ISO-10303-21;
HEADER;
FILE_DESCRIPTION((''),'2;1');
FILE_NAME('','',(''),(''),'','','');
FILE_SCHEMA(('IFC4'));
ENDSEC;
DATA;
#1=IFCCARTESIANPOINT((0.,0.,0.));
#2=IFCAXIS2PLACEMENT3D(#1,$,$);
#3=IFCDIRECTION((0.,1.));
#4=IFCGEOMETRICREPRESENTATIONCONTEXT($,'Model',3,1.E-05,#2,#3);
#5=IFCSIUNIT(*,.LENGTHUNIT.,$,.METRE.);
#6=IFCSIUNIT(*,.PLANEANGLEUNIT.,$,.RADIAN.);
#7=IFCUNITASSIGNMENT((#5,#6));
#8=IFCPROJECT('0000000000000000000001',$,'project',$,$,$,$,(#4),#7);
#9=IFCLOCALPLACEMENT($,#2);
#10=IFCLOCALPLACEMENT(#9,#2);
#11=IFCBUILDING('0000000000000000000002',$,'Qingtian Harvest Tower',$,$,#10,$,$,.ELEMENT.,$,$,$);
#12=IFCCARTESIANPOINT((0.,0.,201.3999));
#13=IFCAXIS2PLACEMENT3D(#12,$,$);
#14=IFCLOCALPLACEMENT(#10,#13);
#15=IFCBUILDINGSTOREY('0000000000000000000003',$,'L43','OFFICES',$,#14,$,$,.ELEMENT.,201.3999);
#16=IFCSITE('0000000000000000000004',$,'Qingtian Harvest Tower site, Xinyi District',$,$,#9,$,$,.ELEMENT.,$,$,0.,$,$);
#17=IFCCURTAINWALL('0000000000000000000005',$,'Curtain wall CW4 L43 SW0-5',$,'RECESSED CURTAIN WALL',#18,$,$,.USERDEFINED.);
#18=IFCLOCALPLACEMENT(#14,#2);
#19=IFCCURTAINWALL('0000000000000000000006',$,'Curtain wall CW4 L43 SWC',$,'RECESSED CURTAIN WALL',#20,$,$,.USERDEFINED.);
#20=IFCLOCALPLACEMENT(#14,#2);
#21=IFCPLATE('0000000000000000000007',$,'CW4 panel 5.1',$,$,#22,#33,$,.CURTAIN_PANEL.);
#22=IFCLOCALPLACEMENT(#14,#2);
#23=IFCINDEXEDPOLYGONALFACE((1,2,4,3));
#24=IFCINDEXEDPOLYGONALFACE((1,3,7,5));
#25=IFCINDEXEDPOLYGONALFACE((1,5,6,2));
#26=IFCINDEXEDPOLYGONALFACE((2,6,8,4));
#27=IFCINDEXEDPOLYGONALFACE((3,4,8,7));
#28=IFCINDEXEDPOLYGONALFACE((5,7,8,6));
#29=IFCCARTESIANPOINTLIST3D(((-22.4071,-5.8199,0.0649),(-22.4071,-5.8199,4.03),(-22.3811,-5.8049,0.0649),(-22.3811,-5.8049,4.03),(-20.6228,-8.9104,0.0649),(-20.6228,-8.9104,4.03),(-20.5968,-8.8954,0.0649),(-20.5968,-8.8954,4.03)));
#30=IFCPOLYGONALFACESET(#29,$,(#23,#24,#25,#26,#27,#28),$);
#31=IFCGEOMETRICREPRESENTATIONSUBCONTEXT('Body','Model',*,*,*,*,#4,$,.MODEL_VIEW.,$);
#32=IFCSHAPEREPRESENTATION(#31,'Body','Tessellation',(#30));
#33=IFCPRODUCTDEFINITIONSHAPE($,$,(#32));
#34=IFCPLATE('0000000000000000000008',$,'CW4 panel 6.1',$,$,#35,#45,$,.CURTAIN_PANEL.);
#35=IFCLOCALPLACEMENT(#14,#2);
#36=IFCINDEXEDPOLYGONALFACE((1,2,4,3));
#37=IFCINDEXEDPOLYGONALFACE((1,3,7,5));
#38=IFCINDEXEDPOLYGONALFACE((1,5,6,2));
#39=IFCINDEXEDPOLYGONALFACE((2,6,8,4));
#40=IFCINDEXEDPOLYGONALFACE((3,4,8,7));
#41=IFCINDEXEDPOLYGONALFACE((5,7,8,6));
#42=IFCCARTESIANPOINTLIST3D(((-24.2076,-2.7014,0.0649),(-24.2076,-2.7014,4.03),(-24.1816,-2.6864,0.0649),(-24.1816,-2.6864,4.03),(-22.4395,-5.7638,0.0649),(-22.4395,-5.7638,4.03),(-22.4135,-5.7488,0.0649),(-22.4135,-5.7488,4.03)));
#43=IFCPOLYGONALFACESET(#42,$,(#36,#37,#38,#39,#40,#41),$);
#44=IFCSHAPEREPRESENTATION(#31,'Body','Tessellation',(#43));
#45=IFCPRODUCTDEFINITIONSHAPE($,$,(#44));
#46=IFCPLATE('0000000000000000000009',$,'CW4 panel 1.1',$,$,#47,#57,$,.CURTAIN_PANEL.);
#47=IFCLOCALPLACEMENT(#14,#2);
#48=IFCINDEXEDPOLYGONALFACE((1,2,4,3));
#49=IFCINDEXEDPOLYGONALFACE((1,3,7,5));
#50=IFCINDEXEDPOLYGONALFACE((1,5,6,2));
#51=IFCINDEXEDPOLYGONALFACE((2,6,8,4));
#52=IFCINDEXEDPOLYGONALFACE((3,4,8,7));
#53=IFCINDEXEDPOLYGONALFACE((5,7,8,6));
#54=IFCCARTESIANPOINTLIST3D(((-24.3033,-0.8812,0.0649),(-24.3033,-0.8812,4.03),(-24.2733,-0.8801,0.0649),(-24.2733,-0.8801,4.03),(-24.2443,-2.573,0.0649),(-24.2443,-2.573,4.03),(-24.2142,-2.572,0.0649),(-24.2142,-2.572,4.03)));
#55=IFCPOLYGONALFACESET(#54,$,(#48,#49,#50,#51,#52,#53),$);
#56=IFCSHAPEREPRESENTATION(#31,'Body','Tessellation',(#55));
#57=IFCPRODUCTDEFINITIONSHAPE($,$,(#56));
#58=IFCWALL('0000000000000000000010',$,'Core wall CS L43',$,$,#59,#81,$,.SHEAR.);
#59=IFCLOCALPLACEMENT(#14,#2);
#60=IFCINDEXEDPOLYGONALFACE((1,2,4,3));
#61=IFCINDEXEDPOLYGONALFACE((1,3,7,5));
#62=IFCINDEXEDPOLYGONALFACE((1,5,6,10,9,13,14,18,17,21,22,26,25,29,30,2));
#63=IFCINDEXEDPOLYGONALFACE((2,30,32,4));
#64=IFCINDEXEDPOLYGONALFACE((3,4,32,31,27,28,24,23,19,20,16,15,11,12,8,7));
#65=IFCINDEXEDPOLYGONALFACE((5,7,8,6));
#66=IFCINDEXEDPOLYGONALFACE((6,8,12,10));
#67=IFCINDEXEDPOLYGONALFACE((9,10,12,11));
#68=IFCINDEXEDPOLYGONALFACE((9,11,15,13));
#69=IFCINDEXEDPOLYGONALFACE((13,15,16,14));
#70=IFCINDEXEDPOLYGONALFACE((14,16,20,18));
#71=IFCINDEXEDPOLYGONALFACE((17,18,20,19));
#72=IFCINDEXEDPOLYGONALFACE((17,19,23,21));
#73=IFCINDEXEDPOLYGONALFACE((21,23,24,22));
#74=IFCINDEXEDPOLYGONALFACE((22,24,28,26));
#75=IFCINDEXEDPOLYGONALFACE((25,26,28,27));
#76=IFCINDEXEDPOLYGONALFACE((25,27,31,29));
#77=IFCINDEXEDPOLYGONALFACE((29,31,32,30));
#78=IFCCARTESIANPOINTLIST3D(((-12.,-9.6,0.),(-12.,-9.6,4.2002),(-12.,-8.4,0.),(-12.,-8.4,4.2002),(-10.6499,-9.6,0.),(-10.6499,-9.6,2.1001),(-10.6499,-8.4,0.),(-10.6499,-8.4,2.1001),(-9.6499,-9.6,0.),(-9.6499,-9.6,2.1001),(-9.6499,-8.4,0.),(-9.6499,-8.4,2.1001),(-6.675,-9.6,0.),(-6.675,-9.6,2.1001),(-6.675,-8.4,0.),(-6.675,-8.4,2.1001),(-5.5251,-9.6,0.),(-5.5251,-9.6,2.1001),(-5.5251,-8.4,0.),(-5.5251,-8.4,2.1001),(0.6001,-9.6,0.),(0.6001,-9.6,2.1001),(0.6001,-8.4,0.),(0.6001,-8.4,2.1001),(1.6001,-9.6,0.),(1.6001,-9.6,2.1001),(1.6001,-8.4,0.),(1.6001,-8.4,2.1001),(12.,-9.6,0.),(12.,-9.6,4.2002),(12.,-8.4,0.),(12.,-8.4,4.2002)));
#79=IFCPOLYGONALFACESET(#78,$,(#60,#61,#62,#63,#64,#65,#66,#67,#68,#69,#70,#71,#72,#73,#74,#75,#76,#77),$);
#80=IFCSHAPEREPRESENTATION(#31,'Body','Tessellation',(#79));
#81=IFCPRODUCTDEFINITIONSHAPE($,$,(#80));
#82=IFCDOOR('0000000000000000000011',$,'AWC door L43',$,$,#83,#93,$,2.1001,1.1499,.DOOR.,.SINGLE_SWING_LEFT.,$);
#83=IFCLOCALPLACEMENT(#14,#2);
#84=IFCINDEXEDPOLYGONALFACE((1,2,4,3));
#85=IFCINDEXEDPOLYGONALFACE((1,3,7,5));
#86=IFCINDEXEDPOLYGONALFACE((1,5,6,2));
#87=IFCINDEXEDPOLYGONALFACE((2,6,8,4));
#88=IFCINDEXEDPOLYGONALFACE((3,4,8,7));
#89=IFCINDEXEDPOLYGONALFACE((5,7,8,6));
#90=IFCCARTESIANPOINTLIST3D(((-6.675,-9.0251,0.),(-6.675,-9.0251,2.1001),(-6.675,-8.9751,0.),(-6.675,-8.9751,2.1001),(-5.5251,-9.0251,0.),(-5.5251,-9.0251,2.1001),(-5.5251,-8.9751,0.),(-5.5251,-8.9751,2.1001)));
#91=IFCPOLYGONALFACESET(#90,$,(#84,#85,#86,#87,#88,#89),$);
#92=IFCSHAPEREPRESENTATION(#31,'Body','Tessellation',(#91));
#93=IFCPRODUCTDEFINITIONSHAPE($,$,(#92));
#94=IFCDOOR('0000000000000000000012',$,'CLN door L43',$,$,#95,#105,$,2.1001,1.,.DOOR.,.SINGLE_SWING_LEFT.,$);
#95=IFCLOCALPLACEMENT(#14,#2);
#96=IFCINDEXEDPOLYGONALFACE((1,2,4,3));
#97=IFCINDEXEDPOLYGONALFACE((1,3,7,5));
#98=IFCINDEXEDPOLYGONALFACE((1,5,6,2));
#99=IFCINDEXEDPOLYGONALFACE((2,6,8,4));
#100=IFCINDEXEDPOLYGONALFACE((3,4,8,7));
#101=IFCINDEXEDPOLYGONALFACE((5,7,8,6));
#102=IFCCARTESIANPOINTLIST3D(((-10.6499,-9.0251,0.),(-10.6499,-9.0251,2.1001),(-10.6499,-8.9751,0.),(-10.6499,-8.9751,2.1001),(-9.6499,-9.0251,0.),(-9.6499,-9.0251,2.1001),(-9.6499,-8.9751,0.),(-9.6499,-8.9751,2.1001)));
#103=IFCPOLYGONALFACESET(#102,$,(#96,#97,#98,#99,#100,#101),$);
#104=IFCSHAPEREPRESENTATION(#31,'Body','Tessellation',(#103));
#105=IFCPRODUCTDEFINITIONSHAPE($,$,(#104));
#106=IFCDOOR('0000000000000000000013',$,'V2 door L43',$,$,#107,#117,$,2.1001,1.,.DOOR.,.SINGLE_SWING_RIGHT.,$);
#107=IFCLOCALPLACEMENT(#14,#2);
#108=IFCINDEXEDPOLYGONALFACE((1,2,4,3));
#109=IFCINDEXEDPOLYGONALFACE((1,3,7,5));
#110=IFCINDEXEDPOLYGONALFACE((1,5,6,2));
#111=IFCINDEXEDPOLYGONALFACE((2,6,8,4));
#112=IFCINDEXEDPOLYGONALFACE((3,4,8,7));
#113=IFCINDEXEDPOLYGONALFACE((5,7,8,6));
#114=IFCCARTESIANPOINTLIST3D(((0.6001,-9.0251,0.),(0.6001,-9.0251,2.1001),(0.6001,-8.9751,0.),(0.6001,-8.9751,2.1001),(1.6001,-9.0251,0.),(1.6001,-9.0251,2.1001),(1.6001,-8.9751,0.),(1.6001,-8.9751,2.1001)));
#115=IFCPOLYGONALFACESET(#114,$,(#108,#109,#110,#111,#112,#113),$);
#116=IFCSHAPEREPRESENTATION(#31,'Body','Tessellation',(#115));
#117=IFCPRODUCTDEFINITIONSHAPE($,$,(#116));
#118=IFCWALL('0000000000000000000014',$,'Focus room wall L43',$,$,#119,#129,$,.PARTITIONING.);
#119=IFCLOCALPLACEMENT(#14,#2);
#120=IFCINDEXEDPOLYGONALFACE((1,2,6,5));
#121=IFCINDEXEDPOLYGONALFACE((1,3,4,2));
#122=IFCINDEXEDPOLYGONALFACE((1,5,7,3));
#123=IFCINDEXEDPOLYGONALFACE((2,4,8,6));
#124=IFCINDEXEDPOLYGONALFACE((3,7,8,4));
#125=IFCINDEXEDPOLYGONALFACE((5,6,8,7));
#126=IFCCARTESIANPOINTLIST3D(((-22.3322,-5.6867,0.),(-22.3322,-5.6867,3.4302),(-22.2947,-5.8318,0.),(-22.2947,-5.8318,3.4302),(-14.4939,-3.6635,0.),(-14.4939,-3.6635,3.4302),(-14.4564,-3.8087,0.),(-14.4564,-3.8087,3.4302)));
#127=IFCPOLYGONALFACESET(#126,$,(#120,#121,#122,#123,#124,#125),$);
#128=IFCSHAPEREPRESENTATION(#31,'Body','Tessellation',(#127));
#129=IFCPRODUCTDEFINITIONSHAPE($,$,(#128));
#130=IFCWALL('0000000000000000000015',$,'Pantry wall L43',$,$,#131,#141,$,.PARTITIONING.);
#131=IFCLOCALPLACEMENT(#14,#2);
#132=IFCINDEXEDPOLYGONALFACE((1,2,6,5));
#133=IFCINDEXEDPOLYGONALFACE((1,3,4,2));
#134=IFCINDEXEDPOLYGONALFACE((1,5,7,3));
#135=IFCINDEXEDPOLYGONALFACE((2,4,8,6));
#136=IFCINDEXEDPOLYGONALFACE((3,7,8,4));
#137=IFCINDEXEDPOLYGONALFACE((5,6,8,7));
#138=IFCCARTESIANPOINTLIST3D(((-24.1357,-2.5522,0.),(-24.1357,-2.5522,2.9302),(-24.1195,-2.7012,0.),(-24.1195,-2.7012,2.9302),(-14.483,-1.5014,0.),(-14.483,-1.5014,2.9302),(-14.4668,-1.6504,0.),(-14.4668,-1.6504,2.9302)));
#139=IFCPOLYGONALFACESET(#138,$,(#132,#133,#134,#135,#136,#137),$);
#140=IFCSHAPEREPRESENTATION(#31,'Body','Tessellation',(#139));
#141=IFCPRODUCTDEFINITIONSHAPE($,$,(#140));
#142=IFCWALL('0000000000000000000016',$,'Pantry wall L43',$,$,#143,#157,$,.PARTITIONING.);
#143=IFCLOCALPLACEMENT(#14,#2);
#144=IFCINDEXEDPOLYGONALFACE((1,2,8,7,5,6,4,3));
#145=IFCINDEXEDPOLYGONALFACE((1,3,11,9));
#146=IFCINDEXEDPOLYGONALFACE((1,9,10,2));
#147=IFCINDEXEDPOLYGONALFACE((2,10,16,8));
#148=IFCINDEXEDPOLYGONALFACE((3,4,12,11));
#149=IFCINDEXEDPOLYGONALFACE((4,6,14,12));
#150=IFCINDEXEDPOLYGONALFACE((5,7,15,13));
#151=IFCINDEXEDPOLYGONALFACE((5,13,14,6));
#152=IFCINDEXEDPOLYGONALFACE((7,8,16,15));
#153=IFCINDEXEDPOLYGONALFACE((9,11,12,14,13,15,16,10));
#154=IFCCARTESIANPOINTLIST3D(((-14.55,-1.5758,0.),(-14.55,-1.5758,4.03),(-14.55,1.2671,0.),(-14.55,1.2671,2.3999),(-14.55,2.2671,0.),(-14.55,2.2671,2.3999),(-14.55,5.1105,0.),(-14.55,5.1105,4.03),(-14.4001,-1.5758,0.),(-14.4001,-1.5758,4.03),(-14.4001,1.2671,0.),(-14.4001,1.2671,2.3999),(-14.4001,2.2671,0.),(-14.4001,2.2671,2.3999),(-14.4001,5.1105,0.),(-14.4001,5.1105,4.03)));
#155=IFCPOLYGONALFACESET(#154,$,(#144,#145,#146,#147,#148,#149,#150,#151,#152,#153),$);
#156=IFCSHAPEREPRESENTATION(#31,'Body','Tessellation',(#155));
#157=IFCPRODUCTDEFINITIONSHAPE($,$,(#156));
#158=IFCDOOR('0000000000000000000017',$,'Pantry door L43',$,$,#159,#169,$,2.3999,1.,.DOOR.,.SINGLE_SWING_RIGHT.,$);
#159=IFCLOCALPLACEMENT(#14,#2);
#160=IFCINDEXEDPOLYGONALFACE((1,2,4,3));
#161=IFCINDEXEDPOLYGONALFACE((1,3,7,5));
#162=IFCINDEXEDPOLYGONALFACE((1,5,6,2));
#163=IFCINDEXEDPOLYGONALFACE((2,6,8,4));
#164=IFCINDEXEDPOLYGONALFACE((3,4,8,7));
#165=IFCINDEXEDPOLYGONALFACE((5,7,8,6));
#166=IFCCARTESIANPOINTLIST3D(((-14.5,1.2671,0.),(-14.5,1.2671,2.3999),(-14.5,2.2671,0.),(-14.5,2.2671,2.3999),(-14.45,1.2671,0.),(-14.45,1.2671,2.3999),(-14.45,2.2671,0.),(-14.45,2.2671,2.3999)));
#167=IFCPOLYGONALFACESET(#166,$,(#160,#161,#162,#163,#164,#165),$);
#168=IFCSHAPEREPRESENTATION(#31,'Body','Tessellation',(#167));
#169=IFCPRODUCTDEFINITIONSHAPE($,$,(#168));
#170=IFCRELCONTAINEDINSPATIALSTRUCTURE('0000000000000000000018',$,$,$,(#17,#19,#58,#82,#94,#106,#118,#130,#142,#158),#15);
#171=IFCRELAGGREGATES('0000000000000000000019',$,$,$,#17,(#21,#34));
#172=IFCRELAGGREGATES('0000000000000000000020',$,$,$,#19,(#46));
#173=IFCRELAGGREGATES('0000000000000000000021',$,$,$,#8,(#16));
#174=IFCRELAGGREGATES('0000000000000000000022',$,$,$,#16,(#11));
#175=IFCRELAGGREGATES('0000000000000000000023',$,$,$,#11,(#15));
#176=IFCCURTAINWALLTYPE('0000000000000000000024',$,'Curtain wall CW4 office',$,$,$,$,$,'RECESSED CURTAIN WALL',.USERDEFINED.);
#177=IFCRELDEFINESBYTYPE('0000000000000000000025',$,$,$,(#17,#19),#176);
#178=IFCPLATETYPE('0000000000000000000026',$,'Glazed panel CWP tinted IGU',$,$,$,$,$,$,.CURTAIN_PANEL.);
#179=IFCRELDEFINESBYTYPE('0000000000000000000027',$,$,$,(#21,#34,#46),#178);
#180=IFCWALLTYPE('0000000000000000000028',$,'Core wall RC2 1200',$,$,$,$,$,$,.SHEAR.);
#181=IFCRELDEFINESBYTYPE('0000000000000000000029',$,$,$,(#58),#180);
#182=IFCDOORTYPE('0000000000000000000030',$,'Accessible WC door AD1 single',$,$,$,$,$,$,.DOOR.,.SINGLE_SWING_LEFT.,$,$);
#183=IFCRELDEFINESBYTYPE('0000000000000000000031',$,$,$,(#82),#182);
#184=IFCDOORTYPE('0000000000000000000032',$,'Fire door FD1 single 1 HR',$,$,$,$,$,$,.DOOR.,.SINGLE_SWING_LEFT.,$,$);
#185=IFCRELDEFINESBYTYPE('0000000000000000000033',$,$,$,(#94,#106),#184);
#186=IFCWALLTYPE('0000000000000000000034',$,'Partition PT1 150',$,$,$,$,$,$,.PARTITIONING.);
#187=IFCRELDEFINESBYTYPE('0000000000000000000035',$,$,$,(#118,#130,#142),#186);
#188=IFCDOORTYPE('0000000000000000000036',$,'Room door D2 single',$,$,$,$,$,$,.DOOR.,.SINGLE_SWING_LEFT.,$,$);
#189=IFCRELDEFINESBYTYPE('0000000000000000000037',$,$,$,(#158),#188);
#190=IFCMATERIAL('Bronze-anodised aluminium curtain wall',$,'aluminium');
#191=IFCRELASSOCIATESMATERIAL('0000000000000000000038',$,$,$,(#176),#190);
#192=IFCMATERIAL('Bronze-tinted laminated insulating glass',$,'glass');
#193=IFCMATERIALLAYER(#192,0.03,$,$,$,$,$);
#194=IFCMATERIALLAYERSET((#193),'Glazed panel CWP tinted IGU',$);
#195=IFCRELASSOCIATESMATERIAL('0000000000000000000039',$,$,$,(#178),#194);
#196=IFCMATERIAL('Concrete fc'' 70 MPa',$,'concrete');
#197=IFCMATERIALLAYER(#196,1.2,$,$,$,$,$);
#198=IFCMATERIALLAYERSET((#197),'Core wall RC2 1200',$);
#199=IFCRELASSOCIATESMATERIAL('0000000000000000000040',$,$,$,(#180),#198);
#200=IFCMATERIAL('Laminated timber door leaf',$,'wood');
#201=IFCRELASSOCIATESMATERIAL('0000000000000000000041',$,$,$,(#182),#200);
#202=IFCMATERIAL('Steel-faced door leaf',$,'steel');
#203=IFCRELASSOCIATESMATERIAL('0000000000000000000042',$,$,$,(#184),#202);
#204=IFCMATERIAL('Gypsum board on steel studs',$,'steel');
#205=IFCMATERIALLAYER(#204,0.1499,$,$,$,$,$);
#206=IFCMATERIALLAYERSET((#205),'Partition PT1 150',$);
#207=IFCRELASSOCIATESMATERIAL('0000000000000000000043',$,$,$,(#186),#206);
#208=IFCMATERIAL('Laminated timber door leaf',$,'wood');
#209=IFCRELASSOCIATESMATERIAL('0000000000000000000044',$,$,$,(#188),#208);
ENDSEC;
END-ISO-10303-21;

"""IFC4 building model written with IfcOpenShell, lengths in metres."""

from ifc_helpers import new_model, si_unit, direction, frame, frame_2d, origin, origin_2d, place, context, subcontext, project, spatial, rectangle, extrude, material, layer, layer_set, type_object, element, fill, aggregate, save


model = new_model("IFC4")

# Units and contexts
model_context = context("Model", 3, precision=1e-05, world=origin(), true_north=direction((0.0, 1.0)))
body_context = subcontext(model_context, "Body", "Model", "MODEL_VIEW")
ifc_project = project(units=[si_unit("LENGTHUNIT", "METRE"), si_unit("PLANEANGLEUNIT", "RADIAN")], contexts=[model_context])

# Site, building, storey
site_placement = place(None, origin())
site = spatial("IfcSite", under=ifc_project, at=site_placement, Name="Qingtian Harvest Tower site, Xinyi District", CompositionType="ELEMENT", RefElevation=0.0)
building_placement = place(site_placement, origin())
building = spatial("IfcBuilding", under=site, at=building_placement, Name="Qingtian Harvest Tower", CompositionType="ELEMENT")
storey_placement = place(building_placement, frame((0.0, 0.0, 201.3999)))
storey = spatial("IfcBuildingStorey", under=building, at=storey_placement, Name="L43", Description="OFFICES", CompositionType="ELEMENT", Elevation=201.3999)

# Curtain walls
ifc_material_1 = material(Name="Bronze-anodised aluminium curtain wall", Category="aluminium")
curtain_wall_type = type_object("IfcCurtainWallType", Name="Curtain wall CW4 office", ElementType="RECESSED CURTAIN WALL", PredefinedType="USERDEFINED", material=ifc_material_1)
curtain_wall_1_placement = place(storey_placement, origin())
curtain_wall_1 = element("IfcCurtainWall", 1, at=curtain_wall_1_placement, inside=storey, type_object=curtain_wall_type, Name="Curtain wall CW4 L43 SW0-5", ObjectType="RECESSED CURTAIN WALL", PredefinedType="USERDEFINED")
curtain_wall_2_placement = place(storey_placement, origin())
curtain_wall_2 = element("IfcCurtainWall", 2, at=curtain_wall_2_placement, inside=storey, type_object=curtain_wall_type, Name="Curtain wall CW4 L43 SWC", ObjectType="RECESSED CURTAIN WALL", PredefinedType="USERDEFINED")

# Plates
ifc_material_2 = material(Name="Bronze-tinted laminated insulating glass", Category="glass")
ifc_layer_1 = layer(ifc_material_2, 0.03)
ifc_layer_set_1 = layer_set([ifc_layer_1], Name="Glazed panel CWP tinted IGU")
plate_type = type_object("IfcPlateType", Name="Glazed panel CWP tinted IGU", PredefinedType="CURTAIN_PANEL", material=ifc_layer_set_1)
plate_1_placement = place(storey_placement, frame((-21.502, -7.3577, 0.0649), z_axis=(0.0, 0.0, 1.0), x_axis=(-0.5, 0.866025, 0.0)))
plate_1 = element("IfcPlate", 3, at=plate_1_placement, type_object=plate_type, Name="CW4 panel 5.1", PredefinedType="CURTAIN_PANEL", context=body_context, shape_type="SweptSolid", body=[
    extrude(rectangle(XDim=3.5686, YDim=0.03, at=origin_2d()), origin(), (0.0, 0.0, 1.0), 3.9651),
])
plate_2_placement = place(storey_placement, frame((-23.3105, -4.2251, 0.0649), z_axis=(0.0, 0.0, 1.0), x_axis=(-0.5, 0.866025, 0.0)))
plate_2 = element("IfcPlate", 4, at=plate_2_placement, type_object=plate_type, Name="CW4 panel 6.1", PredefinedType="CURTAIN_PANEL", context=body_context, shape_type="SweptSolid", body=[
    extrude(rectangle(XDim=3.5361, YDim=0.03, at=origin_2d()), origin(), (0.0, 0.0, 1.0), 3.9651),
])
aggregate(curtain_wall_1, [plate_1, plate_2])
plate_3_placement = place(storey_placement, frame((-24.2588, -1.7266, 0.0649), z_axis=(0.0, 0.0, 1.0), x_axis=(-0.034899, 0.999391, 0.0)))
plate_3 = element("IfcPlate", 5, at=plate_3_placement, type_object=plate_type, Name="CW4 panel 1.1", PredefinedType="CURTAIN_PANEL", context=body_context, shape_type="SweptSolid", body=[
    extrude(rectangle(XDim=1.6929, YDim=0.03, at=origin_2d()), origin(), (0.0, 0.0, 1.0), 3.9651),
])
aggregate(curtain_wall_2, [plate_3])

# Wall, openings, doors
ifc_material_3 = material(Name="Concrete fc' 70 MPa", Category="concrete")
ifc_layer_2 = layer(ifc_material_3, 1.2)
ifc_layer_set_2 = layer_set([ifc_layer_2], Name="Core wall RC2 1200")
wall_type_1 = type_object("IfcWallType", Name="Core wall RC2 1200", PredefinedType="SHEAR", material=ifc_layer_set_2)
wall_1_placement = place(storey_placement, frame((-12.0, -9.0, 0.0), z_axis=(0.0, 0.0, 1.0), x_axis=(1.0, 0.0, 0.0)))
wall_1 = element("IfcWall", 6, at=wall_1_placement, inside=storey, type_object=wall_type_1, Name="Core wall CS L43", PredefinedType="SHEAR", context=body_context, shape_type="SweptSolid", body=[
    extrude(rectangle(XDim=24.0, YDim=1.2, at=frame_2d((12.0, 0.0))), origin(), (0.0, 0.0, 1.0), 4.2002),
])
opening_1_placement = place(wall_1_placement, frame((1.3501, 0.0, 0.0)))
opening_1 = element("IfcOpeningElement", 7, at=opening_1_placement, cuts=wall_1, PredefinedType="OPENING", context=body_context, shape_type="SweptSolid", body=[
    extrude(rectangle(XDim=1.0, YDim=2.1001, at=frame_2d((0.5, 1.05))), frame((0.0, 0.6099, 0.0), z_axis=(0.0, -1.0, 0.0), x_axis=(1.0, 0.0, 0.0)), (0.0, 0.0, 1.0), 1.22),
])
opening_2_placement = place(wall_1_placement, frame((5.325, 0.0, 0.0)))
opening_2 = element("IfcOpeningElement", 8, at=opening_2_placement, cuts=wall_1, PredefinedType="OPENING", context=body_context, shape_type="SweptSolid", body=[
    extrude(rectangle(XDim=1.1499, YDim=2.1001, at=frame_2d((0.575, 1.05))), frame((0.0, 0.6099, 0.0), z_axis=(0.0, -1.0, 0.0), x_axis=(1.0, 0.0, 0.0)), (0.0, 0.0, 1.0), 1.22),
])
opening_3_placement = place(wall_1_placement, frame((12.6001, 0.0, 0.0)))
opening_3 = element("IfcOpeningElement", 9, at=opening_3_placement, cuts=wall_1, PredefinedType="OPENING", context=body_context, shape_type="SweptSolid", body=[
    extrude(rectangle(XDim=1.0, YDim=2.1001, at=frame_2d((0.5, 1.05))), frame((0.0, 0.6099, 0.0), z_axis=(0.0, -1.0, 0.0), x_axis=(1.0, 0.0, 0.0)), (0.0, 0.0, 1.0), 1.22),
])
ifc_material_4 = material(Name="Laminated timber door leaf", Category="wood")
door_type_1 = type_object("IfcDoorType", Name="Accessible WC door AD1 single", OperationType="SINGLE_SWING_LEFT", PredefinedType="DOOR", material=ifc_material_4)
door_1_placement = place(opening_2_placement, origin())
door_1 = element("IfcDoor", 10, at=door_1_placement, inside=storey, type_object=door_type_1, Name="AWC door L43", OperationType="SINGLE_SWING_LEFT", OverallHeight=2.1001, OverallWidth=1.1499, PredefinedType="DOOR", context=body_context, shape_type="SweptSolid", body=[
    extrude(rectangle(XDim=1.1499, YDim=2.1001, at=frame_2d((0.575, 1.05))), frame((0.0, 0.0249, 0.0), z_axis=(0.0, -1.0, 0.0), x_axis=(1.0, 0.0, 0.0)), (0.0, 0.0, 1.0), 0.05),
])
fill(opening_2, door_1)
ifc_material_5 = material(Name="Steel-faced door leaf", Category="steel")
door_type_2 = type_object("IfcDoorType", Name="Fire door FD1 single 1 HR", OperationType="SINGLE_SWING_LEFT", PredefinedType="DOOR", material=ifc_material_5)
door_2_placement = place(opening_1_placement, origin())
door_2 = element("IfcDoor", 11, at=door_2_placement, inside=storey, type_object=door_type_2, Name="CLN door L43", OperationType="SINGLE_SWING_LEFT", OverallHeight=2.1001, OverallWidth=1.0, PredefinedType="DOOR", context=body_context, shape_type="SweptSolid", body=[
    extrude(rectangle(XDim=1.0, YDim=2.1001, at=frame_2d((0.5, 1.05))), frame((0.0, 0.0249, 0.0), z_axis=(0.0, -1.0, 0.0), x_axis=(1.0, 0.0, 0.0)), (0.0, 0.0, 1.0), 0.05),
])
fill(opening_1, door_2)
door_3_placement = place(opening_3_placement, origin())
door_3 = element("IfcDoor", 12, at=door_3_placement, inside=storey, type_object=door_type_2, Name="V2 door L43", OperationType="SINGLE_SWING_RIGHT", OverallHeight=2.1001, OverallWidth=1.0, PredefinedType="DOOR", context=body_context, shape_type="SweptSolid", body=[
    extrude(rectangle(XDim=1.0, YDim=2.1001, at=frame_2d((0.5, 1.05))), frame((0.0, 0.0249, 0.0), z_axis=(0.0, -1.0, 0.0), x_axis=(1.0, 0.0, 0.0)), (0.0, 0.0, 1.0), 0.05),
])
fill(opening_3, door_3)

# Wall
ifc_material_6 = material(Name="Gypsum board on steel studs", Category="steel")
ifc_layer_3 = layer(ifc_material_6, 0.1499)
ifc_layer_set_3 = layer_set([ifc_layer_3], Name="Partition PT1 150")
wall_type_2 = type_object("IfcWallType", Name="Partition PT1 150", PredefinedType="PARTITIONING", material=ifc_layer_set_3)
wall_2_placement = place(storey_placement, frame((-22.3135, -5.7593, 0.0), z_axis=(0.0, 0.0, 1.0), x_axis=(0.968266, 0.249923, 0.0)))
element("IfcWall", 13, at=wall_2_placement, inside=storey, type_object=wall_type_2, Name="Focus room wall L43", PredefinedType="PARTITIONING", context=body_context, shape_type="SweptSolid", body=[
    extrude(rectangle(XDim=8.0952, YDim=0.1499, at=frame_2d((4.0476, 0.0))), origin(), (0.0, 0.0, 1.0), 3.4302),
])

# Shared definitions
ifc_material_7 = material(Name="Laminated timber door leaf", Category="wood")
door_type_3 = type_object("IfcDoorType", Name="Room door D2 single", OperationType="SINGLE_SWING_LEFT", PredefinedType="DOOR", material=ifc_material_7)

# Wall
wall_3_placement = place(storey_placement, frame((-24.1277, -2.6267, 0.0), z_axis=(0.0, 0.0, 1.0), x_axis=(0.994127, 0.108221, 0.0)))
element("IfcWall", 14, at=wall_3_placement, inside=storey, type_object=wall_type_2, Name="Pantry wall L43", PredefinedType="PARTITIONING", context=body_context, shape_type="SweptSolid", body=[
    extrude(rectangle(XDim=9.7097, YDim=0.1499, at=frame_2d((4.855, 0.0))), origin(), (0.0, 0.0, 1.0), 2.9302),
])

# Wall, opening, door
wall_4_placement = place(storey_placement, frame((-14.4751, -1.5759, 0.0), z_axis=(0.0, 0.0, 1.0), x_axis=(0.0, 1.0, 0.0)))
wall_4 = element("IfcWall", 15, at=wall_4_placement, inside=storey, type_object=wall_type_2, Name="Pantry wall L43", PredefinedType="PARTITIONING", context=body_context, shape_type="SweptSolid", body=[
    extrude(rectangle(XDim=6.6863, YDim=0.1499, at=frame_2d((3.3433, 0.0))), origin(), (0.0, 0.0, 1.0), 4.03),
])
opening_4_placement = place(wall_4_placement, frame((2.843, 0.0, 0.0)))
opening_4 = element("IfcOpeningElement", 16, at=opening_4_placement, cuts=wall_4, PredefinedType="OPENING", context=body_context, shape_type="SweptSolid", body=[
    extrude(rectangle(XDim=1.0, YDim=2.3999, at=frame_2d((0.5, 1.2))), frame((0.0, 0.085, 0.0), z_axis=(0.0, -1.0, 0.0), x_axis=(1.0, 0.0, 0.0)), (0.0, 0.0, 1.0), 0.1699),
])
door_4_placement = place(opening_4_placement, origin())
door_4 = element("IfcDoor", 17, at=door_4_placement, inside=storey, type_object=door_type_3, Name="Pantry door L43", OperationType="SINGLE_SWING_RIGHT", OverallHeight=2.3999, OverallWidth=1.0, PredefinedType="DOOR", context=body_context, shape_type="SweptSolid", body=[
    extrude(rectangle(XDim=1.0, YDim=2.3999, at=frame_2d((0.5, 1.2))), frame((0.0, 0.0249, 0.0), z_axis=(0.0, -1.0, 0.0), x_axis=(1.0, 0.0, 0.0)), (0.0, 0.0, 1.0), 0.05),
])
fill(opening_4, door_4)

save(model, "model.ifc")
